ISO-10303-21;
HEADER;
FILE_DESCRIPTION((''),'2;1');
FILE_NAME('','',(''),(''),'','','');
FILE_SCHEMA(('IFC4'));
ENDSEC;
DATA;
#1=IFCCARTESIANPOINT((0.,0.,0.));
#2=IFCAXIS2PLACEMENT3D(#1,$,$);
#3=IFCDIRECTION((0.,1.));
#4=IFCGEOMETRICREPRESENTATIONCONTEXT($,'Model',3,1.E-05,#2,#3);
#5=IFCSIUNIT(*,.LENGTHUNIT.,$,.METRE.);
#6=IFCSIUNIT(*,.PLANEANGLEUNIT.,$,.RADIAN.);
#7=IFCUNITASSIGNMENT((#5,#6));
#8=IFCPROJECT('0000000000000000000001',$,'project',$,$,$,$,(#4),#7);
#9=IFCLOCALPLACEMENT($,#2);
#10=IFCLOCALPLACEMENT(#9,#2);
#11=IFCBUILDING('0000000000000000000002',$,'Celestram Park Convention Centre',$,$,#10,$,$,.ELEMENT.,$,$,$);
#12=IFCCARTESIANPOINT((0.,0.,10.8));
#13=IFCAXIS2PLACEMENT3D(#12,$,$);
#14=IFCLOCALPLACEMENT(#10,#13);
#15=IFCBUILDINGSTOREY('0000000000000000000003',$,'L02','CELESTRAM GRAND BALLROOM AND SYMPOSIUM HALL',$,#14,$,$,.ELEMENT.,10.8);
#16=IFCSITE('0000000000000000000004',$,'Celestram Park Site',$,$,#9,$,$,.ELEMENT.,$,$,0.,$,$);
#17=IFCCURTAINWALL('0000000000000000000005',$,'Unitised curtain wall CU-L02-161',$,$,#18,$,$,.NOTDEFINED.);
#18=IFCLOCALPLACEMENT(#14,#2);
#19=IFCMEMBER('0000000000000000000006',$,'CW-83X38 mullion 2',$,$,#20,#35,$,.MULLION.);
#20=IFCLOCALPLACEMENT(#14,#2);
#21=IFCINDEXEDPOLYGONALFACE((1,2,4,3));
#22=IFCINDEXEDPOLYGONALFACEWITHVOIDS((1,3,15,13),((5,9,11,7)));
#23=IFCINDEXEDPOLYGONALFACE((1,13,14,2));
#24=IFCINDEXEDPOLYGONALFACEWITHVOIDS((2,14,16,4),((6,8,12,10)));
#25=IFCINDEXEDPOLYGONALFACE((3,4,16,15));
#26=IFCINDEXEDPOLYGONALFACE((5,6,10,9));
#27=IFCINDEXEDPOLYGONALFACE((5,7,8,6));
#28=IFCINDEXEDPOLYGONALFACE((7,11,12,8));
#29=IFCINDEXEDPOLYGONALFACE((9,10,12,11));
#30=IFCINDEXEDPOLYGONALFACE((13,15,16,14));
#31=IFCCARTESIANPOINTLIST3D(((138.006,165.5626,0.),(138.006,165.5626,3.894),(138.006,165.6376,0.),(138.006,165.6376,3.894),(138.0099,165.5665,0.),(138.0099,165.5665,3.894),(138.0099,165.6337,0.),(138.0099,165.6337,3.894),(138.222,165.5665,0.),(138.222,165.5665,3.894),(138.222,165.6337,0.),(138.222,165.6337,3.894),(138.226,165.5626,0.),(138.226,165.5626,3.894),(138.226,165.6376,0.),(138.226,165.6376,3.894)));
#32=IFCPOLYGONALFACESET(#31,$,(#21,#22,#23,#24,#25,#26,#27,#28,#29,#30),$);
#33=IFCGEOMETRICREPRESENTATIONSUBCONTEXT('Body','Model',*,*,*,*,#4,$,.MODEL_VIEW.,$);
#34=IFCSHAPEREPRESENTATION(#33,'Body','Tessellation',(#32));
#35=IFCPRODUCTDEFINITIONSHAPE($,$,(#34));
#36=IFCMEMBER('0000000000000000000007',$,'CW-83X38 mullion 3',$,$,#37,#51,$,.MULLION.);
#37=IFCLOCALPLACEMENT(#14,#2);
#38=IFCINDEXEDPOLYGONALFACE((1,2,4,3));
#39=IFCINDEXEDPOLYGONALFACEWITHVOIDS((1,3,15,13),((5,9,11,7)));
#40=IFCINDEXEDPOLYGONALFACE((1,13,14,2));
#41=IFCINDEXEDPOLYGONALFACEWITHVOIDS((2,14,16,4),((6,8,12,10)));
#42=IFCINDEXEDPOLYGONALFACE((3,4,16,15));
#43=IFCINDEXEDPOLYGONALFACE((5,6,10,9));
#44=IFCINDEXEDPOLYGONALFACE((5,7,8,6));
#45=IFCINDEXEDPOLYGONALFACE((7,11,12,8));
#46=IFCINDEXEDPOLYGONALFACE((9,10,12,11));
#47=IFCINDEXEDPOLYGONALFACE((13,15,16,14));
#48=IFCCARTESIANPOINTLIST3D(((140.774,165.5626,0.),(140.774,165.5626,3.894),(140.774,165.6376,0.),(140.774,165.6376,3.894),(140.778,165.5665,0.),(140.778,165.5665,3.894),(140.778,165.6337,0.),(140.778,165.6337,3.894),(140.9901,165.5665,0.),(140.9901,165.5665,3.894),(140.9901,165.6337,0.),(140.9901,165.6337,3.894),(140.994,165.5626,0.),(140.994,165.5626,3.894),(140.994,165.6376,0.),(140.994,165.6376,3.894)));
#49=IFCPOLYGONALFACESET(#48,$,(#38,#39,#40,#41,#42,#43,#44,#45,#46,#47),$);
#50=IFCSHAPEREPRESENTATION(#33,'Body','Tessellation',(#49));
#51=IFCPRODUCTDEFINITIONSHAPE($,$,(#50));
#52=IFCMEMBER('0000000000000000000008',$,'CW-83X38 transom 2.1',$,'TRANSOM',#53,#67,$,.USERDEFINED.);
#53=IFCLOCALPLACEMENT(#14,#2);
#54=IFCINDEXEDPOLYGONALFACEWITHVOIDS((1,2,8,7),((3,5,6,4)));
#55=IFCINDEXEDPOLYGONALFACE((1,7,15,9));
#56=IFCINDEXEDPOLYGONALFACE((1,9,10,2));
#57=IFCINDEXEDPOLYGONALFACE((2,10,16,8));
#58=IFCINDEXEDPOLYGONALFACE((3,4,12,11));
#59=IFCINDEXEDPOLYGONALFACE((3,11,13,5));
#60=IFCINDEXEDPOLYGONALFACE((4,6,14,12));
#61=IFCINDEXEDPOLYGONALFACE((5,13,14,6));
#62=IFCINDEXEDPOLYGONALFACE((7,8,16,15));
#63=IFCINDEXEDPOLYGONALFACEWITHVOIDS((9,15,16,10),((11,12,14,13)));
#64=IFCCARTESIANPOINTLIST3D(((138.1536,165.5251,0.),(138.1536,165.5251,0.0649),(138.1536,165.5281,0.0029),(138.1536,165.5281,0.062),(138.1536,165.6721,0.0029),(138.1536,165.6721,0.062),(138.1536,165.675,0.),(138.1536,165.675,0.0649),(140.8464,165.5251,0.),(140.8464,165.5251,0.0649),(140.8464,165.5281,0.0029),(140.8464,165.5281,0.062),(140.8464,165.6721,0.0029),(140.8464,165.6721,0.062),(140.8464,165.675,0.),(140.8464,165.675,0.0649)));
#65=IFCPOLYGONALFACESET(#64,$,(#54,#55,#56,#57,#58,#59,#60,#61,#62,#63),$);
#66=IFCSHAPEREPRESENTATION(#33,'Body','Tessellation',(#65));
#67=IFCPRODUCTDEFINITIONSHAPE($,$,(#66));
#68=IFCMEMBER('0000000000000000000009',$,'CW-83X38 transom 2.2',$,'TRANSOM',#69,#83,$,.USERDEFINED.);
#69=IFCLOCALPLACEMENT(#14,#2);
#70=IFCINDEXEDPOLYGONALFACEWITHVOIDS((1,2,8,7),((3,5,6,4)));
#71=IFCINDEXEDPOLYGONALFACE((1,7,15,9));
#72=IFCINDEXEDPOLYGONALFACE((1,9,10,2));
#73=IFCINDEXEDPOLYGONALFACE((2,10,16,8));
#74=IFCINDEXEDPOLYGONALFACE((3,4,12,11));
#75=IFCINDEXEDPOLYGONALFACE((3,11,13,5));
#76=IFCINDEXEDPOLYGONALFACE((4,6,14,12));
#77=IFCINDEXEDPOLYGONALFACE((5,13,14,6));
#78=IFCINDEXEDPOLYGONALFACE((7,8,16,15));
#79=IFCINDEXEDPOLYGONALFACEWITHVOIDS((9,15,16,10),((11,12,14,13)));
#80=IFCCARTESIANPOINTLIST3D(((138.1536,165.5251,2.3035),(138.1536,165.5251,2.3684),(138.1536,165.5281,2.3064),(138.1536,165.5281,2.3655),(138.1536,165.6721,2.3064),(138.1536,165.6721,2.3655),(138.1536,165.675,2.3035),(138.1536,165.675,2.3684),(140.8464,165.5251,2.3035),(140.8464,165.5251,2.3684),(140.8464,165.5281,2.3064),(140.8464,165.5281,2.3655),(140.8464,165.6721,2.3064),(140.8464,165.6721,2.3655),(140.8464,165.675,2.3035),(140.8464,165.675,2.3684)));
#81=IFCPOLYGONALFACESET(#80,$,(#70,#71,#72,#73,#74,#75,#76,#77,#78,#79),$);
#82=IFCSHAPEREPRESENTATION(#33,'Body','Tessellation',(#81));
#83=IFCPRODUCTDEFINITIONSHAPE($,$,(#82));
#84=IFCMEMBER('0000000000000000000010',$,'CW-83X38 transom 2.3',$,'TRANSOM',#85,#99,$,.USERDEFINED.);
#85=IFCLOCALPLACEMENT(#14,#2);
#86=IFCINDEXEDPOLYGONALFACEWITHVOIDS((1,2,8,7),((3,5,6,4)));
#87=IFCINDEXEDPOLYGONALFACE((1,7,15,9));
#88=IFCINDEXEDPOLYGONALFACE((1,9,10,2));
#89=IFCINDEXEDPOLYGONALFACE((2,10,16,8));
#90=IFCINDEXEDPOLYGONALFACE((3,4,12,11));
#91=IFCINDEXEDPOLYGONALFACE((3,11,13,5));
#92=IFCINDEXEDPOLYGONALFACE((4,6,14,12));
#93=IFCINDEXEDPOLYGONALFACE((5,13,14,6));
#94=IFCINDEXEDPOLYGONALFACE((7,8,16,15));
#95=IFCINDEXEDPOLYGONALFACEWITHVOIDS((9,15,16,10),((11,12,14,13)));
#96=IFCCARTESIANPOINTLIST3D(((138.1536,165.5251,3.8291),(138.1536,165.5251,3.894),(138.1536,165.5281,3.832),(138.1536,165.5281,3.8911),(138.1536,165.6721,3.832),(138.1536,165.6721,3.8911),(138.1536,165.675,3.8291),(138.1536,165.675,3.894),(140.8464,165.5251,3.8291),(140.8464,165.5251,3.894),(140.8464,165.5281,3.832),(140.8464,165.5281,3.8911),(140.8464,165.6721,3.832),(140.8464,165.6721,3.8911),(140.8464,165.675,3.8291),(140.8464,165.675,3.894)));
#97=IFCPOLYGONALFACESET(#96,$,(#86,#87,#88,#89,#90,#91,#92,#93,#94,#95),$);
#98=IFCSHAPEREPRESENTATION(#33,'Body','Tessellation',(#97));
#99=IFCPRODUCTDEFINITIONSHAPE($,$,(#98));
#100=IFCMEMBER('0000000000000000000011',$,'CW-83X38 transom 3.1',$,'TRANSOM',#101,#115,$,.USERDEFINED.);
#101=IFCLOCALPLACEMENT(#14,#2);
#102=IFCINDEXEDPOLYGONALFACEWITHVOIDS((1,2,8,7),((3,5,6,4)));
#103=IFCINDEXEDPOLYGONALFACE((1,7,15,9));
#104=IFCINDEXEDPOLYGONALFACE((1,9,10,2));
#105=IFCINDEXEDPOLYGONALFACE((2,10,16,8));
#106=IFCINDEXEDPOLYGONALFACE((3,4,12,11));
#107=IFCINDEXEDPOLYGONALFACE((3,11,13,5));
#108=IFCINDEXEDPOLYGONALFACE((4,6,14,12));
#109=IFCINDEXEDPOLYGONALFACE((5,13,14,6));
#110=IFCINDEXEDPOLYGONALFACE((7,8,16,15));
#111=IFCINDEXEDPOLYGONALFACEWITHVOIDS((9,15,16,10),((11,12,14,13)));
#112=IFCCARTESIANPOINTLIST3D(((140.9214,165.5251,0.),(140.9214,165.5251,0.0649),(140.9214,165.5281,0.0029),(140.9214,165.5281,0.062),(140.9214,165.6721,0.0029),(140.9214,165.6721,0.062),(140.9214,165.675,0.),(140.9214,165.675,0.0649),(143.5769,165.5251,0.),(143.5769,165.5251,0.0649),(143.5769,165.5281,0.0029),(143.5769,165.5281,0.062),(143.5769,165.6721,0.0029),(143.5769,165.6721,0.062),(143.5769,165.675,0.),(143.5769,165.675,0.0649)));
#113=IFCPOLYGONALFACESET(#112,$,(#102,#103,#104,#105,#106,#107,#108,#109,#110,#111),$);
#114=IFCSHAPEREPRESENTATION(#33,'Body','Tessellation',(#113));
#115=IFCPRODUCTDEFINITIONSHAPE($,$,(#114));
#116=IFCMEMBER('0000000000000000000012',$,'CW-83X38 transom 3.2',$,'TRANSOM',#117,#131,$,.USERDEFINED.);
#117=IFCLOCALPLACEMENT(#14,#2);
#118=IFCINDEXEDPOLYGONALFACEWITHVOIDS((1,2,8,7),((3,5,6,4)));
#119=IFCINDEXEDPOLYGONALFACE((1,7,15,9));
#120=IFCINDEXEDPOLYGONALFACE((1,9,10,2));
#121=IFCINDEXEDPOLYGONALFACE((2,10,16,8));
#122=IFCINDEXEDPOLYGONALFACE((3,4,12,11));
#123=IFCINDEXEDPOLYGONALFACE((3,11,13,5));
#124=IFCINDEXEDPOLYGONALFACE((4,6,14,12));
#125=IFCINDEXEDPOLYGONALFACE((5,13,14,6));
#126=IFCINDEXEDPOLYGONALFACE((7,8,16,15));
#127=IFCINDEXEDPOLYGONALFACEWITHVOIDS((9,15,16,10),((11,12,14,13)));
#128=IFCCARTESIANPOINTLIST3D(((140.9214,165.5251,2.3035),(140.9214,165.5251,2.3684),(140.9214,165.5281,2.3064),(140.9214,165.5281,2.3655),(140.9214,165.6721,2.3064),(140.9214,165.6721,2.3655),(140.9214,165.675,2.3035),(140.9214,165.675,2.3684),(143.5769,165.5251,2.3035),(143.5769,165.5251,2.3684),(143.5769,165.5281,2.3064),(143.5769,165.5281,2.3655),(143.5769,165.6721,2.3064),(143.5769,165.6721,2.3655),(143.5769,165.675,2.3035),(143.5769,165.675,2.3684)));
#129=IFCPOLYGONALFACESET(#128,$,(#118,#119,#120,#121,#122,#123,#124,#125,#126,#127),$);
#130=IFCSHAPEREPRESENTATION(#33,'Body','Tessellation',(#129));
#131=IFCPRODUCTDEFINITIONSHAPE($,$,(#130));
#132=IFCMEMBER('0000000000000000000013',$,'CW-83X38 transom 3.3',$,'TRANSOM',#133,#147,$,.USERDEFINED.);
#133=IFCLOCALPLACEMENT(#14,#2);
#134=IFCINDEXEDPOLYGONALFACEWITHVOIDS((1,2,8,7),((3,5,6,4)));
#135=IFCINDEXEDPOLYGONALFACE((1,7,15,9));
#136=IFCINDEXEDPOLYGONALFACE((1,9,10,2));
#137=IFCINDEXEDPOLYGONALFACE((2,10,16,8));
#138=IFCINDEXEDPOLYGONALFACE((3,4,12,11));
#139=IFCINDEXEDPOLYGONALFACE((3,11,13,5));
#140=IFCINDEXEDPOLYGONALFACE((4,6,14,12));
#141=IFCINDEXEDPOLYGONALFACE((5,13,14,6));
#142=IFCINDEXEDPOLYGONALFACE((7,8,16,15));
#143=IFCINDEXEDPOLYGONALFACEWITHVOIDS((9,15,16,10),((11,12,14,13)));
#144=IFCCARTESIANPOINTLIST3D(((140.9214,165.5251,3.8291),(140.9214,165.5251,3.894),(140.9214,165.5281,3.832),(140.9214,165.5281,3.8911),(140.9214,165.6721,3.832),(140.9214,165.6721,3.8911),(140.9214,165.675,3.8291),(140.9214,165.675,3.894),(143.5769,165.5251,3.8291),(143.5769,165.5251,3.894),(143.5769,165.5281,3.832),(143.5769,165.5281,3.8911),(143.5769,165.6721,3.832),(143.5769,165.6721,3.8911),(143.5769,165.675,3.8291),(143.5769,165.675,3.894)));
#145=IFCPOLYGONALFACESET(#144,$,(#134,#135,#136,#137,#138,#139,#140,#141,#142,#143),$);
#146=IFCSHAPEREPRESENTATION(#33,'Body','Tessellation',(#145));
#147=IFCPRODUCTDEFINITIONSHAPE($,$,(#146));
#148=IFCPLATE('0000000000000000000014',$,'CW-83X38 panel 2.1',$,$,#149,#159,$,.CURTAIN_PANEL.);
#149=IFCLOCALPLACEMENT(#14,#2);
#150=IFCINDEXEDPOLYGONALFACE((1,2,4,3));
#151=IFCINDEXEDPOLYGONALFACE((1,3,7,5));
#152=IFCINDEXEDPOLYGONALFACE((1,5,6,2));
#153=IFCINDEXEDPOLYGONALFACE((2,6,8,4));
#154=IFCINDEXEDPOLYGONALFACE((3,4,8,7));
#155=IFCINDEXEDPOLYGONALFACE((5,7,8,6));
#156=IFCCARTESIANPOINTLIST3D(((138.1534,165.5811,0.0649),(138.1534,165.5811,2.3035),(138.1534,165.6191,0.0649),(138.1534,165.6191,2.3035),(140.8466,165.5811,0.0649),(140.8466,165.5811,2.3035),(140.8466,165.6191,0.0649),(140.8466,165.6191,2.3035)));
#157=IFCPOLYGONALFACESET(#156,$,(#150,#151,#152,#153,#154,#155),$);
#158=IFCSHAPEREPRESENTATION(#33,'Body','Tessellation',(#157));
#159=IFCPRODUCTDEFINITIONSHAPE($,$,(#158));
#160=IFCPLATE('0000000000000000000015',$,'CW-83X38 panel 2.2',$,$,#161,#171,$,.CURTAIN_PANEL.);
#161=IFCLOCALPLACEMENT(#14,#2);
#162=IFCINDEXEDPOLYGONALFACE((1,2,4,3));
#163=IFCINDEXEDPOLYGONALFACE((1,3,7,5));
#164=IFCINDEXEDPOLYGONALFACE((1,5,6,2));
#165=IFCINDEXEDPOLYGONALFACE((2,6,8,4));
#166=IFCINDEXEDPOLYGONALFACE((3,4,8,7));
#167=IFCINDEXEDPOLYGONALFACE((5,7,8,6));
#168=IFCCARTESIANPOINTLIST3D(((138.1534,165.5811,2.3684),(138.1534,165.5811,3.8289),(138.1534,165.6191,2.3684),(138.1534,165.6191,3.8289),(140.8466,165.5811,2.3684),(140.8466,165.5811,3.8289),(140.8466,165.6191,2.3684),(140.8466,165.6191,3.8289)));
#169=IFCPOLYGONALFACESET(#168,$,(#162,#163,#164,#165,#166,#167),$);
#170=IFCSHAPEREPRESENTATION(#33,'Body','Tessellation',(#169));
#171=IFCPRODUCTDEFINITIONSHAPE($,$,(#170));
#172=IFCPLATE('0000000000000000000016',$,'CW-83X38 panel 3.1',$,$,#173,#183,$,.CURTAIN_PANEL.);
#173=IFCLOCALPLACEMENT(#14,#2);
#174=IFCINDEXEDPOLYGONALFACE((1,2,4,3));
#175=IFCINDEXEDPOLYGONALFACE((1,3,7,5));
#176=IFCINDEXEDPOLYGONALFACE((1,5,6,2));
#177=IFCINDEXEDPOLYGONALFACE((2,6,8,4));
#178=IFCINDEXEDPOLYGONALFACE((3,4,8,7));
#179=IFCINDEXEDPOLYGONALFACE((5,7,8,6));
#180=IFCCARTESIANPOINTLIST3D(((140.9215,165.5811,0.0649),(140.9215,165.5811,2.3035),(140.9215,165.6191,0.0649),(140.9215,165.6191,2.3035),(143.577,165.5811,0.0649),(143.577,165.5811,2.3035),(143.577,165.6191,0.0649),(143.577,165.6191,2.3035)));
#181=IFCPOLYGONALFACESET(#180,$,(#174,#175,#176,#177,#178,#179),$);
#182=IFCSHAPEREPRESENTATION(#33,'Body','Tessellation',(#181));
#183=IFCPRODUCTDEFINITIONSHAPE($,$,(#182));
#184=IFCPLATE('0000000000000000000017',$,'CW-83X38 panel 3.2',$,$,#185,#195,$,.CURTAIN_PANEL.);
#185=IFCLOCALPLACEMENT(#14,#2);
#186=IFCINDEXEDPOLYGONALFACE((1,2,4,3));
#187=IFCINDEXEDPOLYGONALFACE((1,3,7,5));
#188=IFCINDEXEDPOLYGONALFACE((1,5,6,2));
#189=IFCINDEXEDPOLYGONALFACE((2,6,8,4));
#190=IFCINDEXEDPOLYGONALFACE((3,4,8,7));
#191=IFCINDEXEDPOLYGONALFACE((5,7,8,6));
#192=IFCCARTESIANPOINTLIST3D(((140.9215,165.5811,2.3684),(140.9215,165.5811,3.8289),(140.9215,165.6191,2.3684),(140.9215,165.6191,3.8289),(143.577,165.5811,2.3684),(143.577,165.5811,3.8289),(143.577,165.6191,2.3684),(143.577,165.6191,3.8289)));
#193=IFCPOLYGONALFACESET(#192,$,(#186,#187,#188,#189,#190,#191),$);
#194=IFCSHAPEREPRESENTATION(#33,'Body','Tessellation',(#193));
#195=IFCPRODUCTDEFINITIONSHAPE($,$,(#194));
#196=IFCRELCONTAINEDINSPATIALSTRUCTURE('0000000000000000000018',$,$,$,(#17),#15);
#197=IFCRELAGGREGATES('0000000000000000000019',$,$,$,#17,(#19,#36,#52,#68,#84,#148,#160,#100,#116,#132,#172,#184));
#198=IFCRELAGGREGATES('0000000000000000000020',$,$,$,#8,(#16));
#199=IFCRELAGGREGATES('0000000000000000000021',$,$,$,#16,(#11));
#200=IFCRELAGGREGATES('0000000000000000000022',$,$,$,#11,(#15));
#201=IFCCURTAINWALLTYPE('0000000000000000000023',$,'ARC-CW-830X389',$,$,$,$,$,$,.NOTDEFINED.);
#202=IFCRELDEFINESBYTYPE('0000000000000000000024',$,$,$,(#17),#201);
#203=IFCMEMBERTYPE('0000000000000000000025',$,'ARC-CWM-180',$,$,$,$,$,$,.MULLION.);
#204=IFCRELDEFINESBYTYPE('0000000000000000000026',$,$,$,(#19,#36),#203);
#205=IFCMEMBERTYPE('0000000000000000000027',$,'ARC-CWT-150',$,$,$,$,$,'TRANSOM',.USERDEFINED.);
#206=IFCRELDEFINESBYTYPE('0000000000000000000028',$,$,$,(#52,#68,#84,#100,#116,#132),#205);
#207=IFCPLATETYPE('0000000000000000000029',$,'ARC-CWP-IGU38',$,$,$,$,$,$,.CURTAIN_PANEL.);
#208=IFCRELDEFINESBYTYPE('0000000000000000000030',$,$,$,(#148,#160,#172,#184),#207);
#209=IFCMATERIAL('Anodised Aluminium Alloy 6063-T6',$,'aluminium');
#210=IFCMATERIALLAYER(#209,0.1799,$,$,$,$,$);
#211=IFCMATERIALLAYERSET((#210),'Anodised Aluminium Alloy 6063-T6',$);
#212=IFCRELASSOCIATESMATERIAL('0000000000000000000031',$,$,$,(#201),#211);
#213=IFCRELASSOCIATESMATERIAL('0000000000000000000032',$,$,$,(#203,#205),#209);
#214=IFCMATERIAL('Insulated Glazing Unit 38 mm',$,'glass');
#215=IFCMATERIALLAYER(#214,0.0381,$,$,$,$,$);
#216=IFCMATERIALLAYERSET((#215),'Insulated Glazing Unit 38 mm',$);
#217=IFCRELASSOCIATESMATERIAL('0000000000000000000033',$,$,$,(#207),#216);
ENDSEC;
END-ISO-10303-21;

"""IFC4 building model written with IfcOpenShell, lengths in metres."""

from ifc_helpers import new_model, si_unit, direction, frame, origin, origin_2d, place, context, subcontext, project, spatial, rectangle, hollow_rectangle, extrude, material, layer, layer_set, material_profile, profile_set, type_object, element, aggregate, save


model = new_model("IFC4")

# Units and contexts
model_context = context("Model", 3, precision=1e-05, world=origin(), true_north=direction((0.0, 1.0)))
body_context = subcontext(model_context, "Body", "Model", "MODEL_VIEW")
ifc_project = project(units=[si_unit("LENGTHUNIT", "METRE"), si_unit("PLANEANGLEUNIT", "RADIAN")], contexts=[model_context])

# Site, building, storey
site_placement = place(None, origin())
site = spatial("IfcSite", under=ifc_project, at=site_placement, Name="Celestram Park Site", CompositionType="ELEMENT", RefElevation=0.0)
building_placement = place(site_placement, origin())
building = spatial("IfcBuilding", under=site, at=building_placement, Name="Celestram Park Convention Centre", CompositionType="ELEMENT")
storey_placement = place(building_placement, frame((0.0, 0.0, 10.8)))
storey = spatial("IfcBuildingStorey", under=building, at=storey_placement, Name="L02", Description="CELESTRAM GRAND BALLROOM AND SYMPOSIUM HALL", CompositionType="ELEMENT", Elevation=10.8)

# Curtain wall, members, plates
ifc_material_1 = material(Name="Anodised Aluminium Alloy 6063-T6", Category="aluminium")
ifc_layer_1 = layer(ifc_material_1, 0.1799)
ifc_layer_set_1 = layer_set([ifc_layer_1], Name="Anodised Aluminium Alloy 6063-T6")
curtain_wall_type = type_object("IfcCurtainWallType", Name="ARC-CW-830X389", PredefinedType="NOTDEFINED", material=ifc_layer_set_1)
curtain_wall_placement = place(storey_placement, origin())
curtain_wall = element("IfcCurtainWall", 1, at=curtain_wall_placement, inside=storey, type_object=curtain_wall_type, Name="Unitised curtain wall CU-L02-161", PredefinedType="NOTDEFINED")
ifc_material_profile_1 = material_profile(ifc_material_1, hollow_rectangle(XDim=0.075, YDim=0.22, WallThickness=0.0039, at=origin_2d()), Name="ALU75X220X4")
ifc_profile_set_1 = profile_set([ifc_material_profile_1], Name="Anodised Aluminium Alloy 6063-T6")
member_type_1 = type_object("IfcMemberType", Name="ARC-CWM-180", PredefinedType="MULLION", material=ifc_profile_set_1)
member_1_placement = place(storey_placement, frame((138.116, 165.6001, 0.0), z_axis=(0.0, 0.0, 1.0), x_axis=(0.0, 1.0, 0.0)))
member_1 = element("IfcMember", 2, at=member_1_placement, type_object=member_type_1, Name="CW-83X38 mullion 2", PredefinedType="MULLION", context=body_context, shape_type="SweptSolid", body=[
    extrude(hollow_rectangle(XDim=0.075, YDim=0.22, WallThickness=0.0039, at=origin_2d()), origin(), (0.0, 0.0, 1.0), 3.894),
])
member_2_placement = place(storey_placement, frame((140.884, 165.6001, 0.0), z_axis=(0.0, 0.0, 1.0), x_axis=(0.0, 1.0, 0.0)))
member_2 = element("IfcMember", 3, at=member_2_placement, type_object=member_type_1, Name="CW-83X38 mullion 3", PredefinedType="MULLION", context=body_context, shape_type="SweptSolid", body=[
    extrude(hollow_rectangle(XDim=0.075, YDim=0.22, WallThickness=0.0039, at=origin_2d()), origin(), (0.0, 0.0, 1.0), 3.894),
])
ifc_material_profile_2 = material_profile(ifc_material_1, hollow_rectangle(XDim=0.1499, YDim=0.0649, WallThickness=0.0029, at=origin_2d()), Name="ALU150X65X3")
ifc_profile_set_2 = profile_set([ifc_material_profile_2], Name="Anodised Aluminium Alloy 6063-T6")
member_type_2 = type_object("IfcMemberType", Name="ARC-CWT-150", ElementType="TRANSOM", PredefinedType="USERDEFINED", material=ifc_profile_set_2)
member_3_placement = place(storey_placement, frame((138.1536, 165.6001, 0.0325), z_axis=(1.0, 0.0, 0.0), x_axis=(0.0, 1.0, 0.0)))
member_3 = element("IfcMember", 4, at=member_3_placement, type_object=member_type_2, Name="CW-83X38 transom 2.1", ObjectType="TRANSOM", PredefinedType="USERDEFINED", context=body_context, shape_type="SweptSolid", body=[
    extrude(hollow_rectangle(XDim=0.1499, YDim=0.0649, WallThickness=0.0029, at=origin_2d()), origin(), (0.0, 0.0, 1.0), 2.6929),
])
member_4_placement = place(storey_placement, frame((138.1536, 165.6001, 2.3359), z_axis=(1.0, 0.0, 0.0), x_axis=(0.0, 1.0, 0.0)))
member_4 = element("IfcMember", 5, at=member_4_placement, type_object=member_type_2, Name="CW-83X38 transom 2.2", ObjectType="TRANSOM", PredefinedType="USERDEFINED", context=body_context, shape_type="SweptSolid", body=[
    extrude(hollow_rectangle(XDim=0.1499, YDim=0.0649, WallThickness=0.0029, at=origin_2d()), origin(), (0.0, 0.0, 1.0), 2.6929),
])
member_5_placement = place(storey_placement, frame((138.1536, 165.6001, 3.8616), z_axis=(1.0, 0.0, 0.0), x_axis=(0.0, 1.0, 0.0)))
member_5 = element("IfcMember", 6, at=member_5_placement, type_object=member_type_2, Name="CW-83X38 transom 2.3", ObjectType="TRANSOM", PredefinedType="USERDEFINED", context=body_context, shape_type="SweptSolid", body=[
    extrude(hollow_rectangle(XDim=0.1499, YDim=0.0649, WallThickness=0.0029, at=origin_2d()), origin(), (0.0, 0.0, 1.0), 2.6929),
])
member_6_placement = place(storey_placement, frame((140.9214, 165.6001, 0.0325), z_axis=(1.0, 0.0, 0.0), x_axis=(0.0, 1.0, 0.0)))
member_6 = element("IfcMember", 7, at=member_6_placement, type_object=member_type_2, Name="CW-83X38 transom 3.1", ObjectType="TRANSOM", PredefinedType="USERDEFINED", context=body_context, shape_type="SweptSolid", body=[
    extrude(hollow_rectangle(XDim=0.1499, YDim=0.0649, WallThickness=0.0029, at=origin_2d()), origin(), (0.0, 0.0, 1.0), 2.6555),
])
member_7_placement = place(storey_placement, frame((140.9214, 165.6001, 2.3359), z_axis=(1.0, 0.0, 0.0), x_axis=(0.0, 1.0, 0.0)))
member_7 = element("IfcMember", 8, at=member_7_placement, type_object=member_type_2, Name="CW-83X38 transom 3.2", ObjectType="TRANSOM", PredefinedType="USERDEFINED", context=body_context, shape_type="SweptSolid", body=[
    extrude(hollow_rectangle(XDim=0.1499, YDim=0.0649, WallThickness=0.0029, at=origin_2d()), origin(), (0.0, 0.0, 1.0), 2.6555),
])
member_8_placement = place(storey_placement, frame((140.9214, 165.6001, 3.8616), z_axis=(1.0, 0.0, 0.0), x_axis=(0.0, 1.0, 0.0)))
member_8 = element("IfcMember", 9, at=member_8_placement, type_object=member_type_2, Name="CW-83X38 transom 3.3", ObjectType="TRANSOM", PredefinedType="USERDEFINED", context=body_context, shape_type="SweptSolid", body=[
    extrude(hollow_rectangle(XDim=0.1499, YDim=0.0649, WallThickness=0.0029, at=origin_2d()), origin(), (0.0, 0.0, 1.0), 2.6555),
])
ifc_material_2 = material(Name="Insulated Glazing Unit 38 mm", Category="glass")
ifc_layer_2 = layer(ifc_material_2, 0.0381)
ifc_layer_set_2 = layer_set([ifc_layer_2], Name="Insulated Glazing Unit 38 mm")
plate_type = type_object("IfcPlateType", Name="ARC-CWP-IGU38", PredefinedType="CURTAIN_PANEL", material=ifc_layer_set_2)
plate_1_placement = place(storey_placement, frame((139.5, 165.6001, 0.0649), z_axis=(0.0, 0.0, 1.0), x_axis=(1.0, 0.0, 0.0)))
plate_1 = element("IfcPlate", 10, at=plate_1_placement, type_object=plate_type, Name="CW-83X38 panel 2.1", PredefinedType="CURTAIN_PANEL", context=body_context, shape_type="SweptSolid", body=[
    extrude(rectangle(XDim=2.6931, YDim=0.0381, at=origin_2d()), origin(), (0.0, 0.0, 1.0), 2.2385),
])
plate_2_placement = place(storey_placement, frame((139.5, 165.6001, 2.3684), z_axis=(0.0, 0.0, 1.0), x_axis=(1.0, 0.0, 0.0)))
plate_2 = element("IfcPlate", 11, at=plate_2_placement, type_object=plate_type, Name="CW-83X38 panel 2.2", PredefinedType="CURTAIN_PANEL", context=body_context, shape_type="SweptSolid", body=[
    extrude(rectangle(XDim=2.6931, YDim=0.0381, at=origin_2d()), origin(), (0.0, 0.0, 1.0), 1.4604),
])
plate_3_placement = place(storey_placement, frame((142.2493, 165.6001, 0.0649), z_axis=(0.0, 0.0, 1.0), x_axis=(1.0, 0.0, 0.0)))
plate_3 = element("IfcPlate", 12, at=plate_3_placement, type_object=plate_type, Name="CW-83X38 panel 3.1", PredefinedType="CURTAIN_PANEL", context=body_context, shape_type="SweptSolid", body=[
    extrude(rectangle(XDim=2.6555, YDim=0.0381, at=origin_2d()), origin(), (0.0, 0.0, 1.0), 2.2385),
])
plate_4_placement = place(storey_placement, frame((142.2493, 165.6001, 2.3684), z_axis=(0.0, 0.0, 1.0), x_axis=(1.0, 0.0, 0.0)))
plate_4 = element("IfcPlate", 13, at=plate_4_placement, type_object=plate_type, Name="CW-83X38 panel 3.2", PredefinedType="CURTAIN_PANEL", context=body_context, shape_type="SweptSolid", body=[
    extrude(rectangle(XDim=2.6555, YDim=0.0381, at=origin_2d()), origin(), (0.0, 0.0, 1.0), 1.4604),
])
aggregate(curtain_wall, [member_1, member_2, member_3, member_4, member_5, plate_1, plate_2, member_6, member_7, member_8, plate_3, plate_4])

save(model, "model.ifc")
